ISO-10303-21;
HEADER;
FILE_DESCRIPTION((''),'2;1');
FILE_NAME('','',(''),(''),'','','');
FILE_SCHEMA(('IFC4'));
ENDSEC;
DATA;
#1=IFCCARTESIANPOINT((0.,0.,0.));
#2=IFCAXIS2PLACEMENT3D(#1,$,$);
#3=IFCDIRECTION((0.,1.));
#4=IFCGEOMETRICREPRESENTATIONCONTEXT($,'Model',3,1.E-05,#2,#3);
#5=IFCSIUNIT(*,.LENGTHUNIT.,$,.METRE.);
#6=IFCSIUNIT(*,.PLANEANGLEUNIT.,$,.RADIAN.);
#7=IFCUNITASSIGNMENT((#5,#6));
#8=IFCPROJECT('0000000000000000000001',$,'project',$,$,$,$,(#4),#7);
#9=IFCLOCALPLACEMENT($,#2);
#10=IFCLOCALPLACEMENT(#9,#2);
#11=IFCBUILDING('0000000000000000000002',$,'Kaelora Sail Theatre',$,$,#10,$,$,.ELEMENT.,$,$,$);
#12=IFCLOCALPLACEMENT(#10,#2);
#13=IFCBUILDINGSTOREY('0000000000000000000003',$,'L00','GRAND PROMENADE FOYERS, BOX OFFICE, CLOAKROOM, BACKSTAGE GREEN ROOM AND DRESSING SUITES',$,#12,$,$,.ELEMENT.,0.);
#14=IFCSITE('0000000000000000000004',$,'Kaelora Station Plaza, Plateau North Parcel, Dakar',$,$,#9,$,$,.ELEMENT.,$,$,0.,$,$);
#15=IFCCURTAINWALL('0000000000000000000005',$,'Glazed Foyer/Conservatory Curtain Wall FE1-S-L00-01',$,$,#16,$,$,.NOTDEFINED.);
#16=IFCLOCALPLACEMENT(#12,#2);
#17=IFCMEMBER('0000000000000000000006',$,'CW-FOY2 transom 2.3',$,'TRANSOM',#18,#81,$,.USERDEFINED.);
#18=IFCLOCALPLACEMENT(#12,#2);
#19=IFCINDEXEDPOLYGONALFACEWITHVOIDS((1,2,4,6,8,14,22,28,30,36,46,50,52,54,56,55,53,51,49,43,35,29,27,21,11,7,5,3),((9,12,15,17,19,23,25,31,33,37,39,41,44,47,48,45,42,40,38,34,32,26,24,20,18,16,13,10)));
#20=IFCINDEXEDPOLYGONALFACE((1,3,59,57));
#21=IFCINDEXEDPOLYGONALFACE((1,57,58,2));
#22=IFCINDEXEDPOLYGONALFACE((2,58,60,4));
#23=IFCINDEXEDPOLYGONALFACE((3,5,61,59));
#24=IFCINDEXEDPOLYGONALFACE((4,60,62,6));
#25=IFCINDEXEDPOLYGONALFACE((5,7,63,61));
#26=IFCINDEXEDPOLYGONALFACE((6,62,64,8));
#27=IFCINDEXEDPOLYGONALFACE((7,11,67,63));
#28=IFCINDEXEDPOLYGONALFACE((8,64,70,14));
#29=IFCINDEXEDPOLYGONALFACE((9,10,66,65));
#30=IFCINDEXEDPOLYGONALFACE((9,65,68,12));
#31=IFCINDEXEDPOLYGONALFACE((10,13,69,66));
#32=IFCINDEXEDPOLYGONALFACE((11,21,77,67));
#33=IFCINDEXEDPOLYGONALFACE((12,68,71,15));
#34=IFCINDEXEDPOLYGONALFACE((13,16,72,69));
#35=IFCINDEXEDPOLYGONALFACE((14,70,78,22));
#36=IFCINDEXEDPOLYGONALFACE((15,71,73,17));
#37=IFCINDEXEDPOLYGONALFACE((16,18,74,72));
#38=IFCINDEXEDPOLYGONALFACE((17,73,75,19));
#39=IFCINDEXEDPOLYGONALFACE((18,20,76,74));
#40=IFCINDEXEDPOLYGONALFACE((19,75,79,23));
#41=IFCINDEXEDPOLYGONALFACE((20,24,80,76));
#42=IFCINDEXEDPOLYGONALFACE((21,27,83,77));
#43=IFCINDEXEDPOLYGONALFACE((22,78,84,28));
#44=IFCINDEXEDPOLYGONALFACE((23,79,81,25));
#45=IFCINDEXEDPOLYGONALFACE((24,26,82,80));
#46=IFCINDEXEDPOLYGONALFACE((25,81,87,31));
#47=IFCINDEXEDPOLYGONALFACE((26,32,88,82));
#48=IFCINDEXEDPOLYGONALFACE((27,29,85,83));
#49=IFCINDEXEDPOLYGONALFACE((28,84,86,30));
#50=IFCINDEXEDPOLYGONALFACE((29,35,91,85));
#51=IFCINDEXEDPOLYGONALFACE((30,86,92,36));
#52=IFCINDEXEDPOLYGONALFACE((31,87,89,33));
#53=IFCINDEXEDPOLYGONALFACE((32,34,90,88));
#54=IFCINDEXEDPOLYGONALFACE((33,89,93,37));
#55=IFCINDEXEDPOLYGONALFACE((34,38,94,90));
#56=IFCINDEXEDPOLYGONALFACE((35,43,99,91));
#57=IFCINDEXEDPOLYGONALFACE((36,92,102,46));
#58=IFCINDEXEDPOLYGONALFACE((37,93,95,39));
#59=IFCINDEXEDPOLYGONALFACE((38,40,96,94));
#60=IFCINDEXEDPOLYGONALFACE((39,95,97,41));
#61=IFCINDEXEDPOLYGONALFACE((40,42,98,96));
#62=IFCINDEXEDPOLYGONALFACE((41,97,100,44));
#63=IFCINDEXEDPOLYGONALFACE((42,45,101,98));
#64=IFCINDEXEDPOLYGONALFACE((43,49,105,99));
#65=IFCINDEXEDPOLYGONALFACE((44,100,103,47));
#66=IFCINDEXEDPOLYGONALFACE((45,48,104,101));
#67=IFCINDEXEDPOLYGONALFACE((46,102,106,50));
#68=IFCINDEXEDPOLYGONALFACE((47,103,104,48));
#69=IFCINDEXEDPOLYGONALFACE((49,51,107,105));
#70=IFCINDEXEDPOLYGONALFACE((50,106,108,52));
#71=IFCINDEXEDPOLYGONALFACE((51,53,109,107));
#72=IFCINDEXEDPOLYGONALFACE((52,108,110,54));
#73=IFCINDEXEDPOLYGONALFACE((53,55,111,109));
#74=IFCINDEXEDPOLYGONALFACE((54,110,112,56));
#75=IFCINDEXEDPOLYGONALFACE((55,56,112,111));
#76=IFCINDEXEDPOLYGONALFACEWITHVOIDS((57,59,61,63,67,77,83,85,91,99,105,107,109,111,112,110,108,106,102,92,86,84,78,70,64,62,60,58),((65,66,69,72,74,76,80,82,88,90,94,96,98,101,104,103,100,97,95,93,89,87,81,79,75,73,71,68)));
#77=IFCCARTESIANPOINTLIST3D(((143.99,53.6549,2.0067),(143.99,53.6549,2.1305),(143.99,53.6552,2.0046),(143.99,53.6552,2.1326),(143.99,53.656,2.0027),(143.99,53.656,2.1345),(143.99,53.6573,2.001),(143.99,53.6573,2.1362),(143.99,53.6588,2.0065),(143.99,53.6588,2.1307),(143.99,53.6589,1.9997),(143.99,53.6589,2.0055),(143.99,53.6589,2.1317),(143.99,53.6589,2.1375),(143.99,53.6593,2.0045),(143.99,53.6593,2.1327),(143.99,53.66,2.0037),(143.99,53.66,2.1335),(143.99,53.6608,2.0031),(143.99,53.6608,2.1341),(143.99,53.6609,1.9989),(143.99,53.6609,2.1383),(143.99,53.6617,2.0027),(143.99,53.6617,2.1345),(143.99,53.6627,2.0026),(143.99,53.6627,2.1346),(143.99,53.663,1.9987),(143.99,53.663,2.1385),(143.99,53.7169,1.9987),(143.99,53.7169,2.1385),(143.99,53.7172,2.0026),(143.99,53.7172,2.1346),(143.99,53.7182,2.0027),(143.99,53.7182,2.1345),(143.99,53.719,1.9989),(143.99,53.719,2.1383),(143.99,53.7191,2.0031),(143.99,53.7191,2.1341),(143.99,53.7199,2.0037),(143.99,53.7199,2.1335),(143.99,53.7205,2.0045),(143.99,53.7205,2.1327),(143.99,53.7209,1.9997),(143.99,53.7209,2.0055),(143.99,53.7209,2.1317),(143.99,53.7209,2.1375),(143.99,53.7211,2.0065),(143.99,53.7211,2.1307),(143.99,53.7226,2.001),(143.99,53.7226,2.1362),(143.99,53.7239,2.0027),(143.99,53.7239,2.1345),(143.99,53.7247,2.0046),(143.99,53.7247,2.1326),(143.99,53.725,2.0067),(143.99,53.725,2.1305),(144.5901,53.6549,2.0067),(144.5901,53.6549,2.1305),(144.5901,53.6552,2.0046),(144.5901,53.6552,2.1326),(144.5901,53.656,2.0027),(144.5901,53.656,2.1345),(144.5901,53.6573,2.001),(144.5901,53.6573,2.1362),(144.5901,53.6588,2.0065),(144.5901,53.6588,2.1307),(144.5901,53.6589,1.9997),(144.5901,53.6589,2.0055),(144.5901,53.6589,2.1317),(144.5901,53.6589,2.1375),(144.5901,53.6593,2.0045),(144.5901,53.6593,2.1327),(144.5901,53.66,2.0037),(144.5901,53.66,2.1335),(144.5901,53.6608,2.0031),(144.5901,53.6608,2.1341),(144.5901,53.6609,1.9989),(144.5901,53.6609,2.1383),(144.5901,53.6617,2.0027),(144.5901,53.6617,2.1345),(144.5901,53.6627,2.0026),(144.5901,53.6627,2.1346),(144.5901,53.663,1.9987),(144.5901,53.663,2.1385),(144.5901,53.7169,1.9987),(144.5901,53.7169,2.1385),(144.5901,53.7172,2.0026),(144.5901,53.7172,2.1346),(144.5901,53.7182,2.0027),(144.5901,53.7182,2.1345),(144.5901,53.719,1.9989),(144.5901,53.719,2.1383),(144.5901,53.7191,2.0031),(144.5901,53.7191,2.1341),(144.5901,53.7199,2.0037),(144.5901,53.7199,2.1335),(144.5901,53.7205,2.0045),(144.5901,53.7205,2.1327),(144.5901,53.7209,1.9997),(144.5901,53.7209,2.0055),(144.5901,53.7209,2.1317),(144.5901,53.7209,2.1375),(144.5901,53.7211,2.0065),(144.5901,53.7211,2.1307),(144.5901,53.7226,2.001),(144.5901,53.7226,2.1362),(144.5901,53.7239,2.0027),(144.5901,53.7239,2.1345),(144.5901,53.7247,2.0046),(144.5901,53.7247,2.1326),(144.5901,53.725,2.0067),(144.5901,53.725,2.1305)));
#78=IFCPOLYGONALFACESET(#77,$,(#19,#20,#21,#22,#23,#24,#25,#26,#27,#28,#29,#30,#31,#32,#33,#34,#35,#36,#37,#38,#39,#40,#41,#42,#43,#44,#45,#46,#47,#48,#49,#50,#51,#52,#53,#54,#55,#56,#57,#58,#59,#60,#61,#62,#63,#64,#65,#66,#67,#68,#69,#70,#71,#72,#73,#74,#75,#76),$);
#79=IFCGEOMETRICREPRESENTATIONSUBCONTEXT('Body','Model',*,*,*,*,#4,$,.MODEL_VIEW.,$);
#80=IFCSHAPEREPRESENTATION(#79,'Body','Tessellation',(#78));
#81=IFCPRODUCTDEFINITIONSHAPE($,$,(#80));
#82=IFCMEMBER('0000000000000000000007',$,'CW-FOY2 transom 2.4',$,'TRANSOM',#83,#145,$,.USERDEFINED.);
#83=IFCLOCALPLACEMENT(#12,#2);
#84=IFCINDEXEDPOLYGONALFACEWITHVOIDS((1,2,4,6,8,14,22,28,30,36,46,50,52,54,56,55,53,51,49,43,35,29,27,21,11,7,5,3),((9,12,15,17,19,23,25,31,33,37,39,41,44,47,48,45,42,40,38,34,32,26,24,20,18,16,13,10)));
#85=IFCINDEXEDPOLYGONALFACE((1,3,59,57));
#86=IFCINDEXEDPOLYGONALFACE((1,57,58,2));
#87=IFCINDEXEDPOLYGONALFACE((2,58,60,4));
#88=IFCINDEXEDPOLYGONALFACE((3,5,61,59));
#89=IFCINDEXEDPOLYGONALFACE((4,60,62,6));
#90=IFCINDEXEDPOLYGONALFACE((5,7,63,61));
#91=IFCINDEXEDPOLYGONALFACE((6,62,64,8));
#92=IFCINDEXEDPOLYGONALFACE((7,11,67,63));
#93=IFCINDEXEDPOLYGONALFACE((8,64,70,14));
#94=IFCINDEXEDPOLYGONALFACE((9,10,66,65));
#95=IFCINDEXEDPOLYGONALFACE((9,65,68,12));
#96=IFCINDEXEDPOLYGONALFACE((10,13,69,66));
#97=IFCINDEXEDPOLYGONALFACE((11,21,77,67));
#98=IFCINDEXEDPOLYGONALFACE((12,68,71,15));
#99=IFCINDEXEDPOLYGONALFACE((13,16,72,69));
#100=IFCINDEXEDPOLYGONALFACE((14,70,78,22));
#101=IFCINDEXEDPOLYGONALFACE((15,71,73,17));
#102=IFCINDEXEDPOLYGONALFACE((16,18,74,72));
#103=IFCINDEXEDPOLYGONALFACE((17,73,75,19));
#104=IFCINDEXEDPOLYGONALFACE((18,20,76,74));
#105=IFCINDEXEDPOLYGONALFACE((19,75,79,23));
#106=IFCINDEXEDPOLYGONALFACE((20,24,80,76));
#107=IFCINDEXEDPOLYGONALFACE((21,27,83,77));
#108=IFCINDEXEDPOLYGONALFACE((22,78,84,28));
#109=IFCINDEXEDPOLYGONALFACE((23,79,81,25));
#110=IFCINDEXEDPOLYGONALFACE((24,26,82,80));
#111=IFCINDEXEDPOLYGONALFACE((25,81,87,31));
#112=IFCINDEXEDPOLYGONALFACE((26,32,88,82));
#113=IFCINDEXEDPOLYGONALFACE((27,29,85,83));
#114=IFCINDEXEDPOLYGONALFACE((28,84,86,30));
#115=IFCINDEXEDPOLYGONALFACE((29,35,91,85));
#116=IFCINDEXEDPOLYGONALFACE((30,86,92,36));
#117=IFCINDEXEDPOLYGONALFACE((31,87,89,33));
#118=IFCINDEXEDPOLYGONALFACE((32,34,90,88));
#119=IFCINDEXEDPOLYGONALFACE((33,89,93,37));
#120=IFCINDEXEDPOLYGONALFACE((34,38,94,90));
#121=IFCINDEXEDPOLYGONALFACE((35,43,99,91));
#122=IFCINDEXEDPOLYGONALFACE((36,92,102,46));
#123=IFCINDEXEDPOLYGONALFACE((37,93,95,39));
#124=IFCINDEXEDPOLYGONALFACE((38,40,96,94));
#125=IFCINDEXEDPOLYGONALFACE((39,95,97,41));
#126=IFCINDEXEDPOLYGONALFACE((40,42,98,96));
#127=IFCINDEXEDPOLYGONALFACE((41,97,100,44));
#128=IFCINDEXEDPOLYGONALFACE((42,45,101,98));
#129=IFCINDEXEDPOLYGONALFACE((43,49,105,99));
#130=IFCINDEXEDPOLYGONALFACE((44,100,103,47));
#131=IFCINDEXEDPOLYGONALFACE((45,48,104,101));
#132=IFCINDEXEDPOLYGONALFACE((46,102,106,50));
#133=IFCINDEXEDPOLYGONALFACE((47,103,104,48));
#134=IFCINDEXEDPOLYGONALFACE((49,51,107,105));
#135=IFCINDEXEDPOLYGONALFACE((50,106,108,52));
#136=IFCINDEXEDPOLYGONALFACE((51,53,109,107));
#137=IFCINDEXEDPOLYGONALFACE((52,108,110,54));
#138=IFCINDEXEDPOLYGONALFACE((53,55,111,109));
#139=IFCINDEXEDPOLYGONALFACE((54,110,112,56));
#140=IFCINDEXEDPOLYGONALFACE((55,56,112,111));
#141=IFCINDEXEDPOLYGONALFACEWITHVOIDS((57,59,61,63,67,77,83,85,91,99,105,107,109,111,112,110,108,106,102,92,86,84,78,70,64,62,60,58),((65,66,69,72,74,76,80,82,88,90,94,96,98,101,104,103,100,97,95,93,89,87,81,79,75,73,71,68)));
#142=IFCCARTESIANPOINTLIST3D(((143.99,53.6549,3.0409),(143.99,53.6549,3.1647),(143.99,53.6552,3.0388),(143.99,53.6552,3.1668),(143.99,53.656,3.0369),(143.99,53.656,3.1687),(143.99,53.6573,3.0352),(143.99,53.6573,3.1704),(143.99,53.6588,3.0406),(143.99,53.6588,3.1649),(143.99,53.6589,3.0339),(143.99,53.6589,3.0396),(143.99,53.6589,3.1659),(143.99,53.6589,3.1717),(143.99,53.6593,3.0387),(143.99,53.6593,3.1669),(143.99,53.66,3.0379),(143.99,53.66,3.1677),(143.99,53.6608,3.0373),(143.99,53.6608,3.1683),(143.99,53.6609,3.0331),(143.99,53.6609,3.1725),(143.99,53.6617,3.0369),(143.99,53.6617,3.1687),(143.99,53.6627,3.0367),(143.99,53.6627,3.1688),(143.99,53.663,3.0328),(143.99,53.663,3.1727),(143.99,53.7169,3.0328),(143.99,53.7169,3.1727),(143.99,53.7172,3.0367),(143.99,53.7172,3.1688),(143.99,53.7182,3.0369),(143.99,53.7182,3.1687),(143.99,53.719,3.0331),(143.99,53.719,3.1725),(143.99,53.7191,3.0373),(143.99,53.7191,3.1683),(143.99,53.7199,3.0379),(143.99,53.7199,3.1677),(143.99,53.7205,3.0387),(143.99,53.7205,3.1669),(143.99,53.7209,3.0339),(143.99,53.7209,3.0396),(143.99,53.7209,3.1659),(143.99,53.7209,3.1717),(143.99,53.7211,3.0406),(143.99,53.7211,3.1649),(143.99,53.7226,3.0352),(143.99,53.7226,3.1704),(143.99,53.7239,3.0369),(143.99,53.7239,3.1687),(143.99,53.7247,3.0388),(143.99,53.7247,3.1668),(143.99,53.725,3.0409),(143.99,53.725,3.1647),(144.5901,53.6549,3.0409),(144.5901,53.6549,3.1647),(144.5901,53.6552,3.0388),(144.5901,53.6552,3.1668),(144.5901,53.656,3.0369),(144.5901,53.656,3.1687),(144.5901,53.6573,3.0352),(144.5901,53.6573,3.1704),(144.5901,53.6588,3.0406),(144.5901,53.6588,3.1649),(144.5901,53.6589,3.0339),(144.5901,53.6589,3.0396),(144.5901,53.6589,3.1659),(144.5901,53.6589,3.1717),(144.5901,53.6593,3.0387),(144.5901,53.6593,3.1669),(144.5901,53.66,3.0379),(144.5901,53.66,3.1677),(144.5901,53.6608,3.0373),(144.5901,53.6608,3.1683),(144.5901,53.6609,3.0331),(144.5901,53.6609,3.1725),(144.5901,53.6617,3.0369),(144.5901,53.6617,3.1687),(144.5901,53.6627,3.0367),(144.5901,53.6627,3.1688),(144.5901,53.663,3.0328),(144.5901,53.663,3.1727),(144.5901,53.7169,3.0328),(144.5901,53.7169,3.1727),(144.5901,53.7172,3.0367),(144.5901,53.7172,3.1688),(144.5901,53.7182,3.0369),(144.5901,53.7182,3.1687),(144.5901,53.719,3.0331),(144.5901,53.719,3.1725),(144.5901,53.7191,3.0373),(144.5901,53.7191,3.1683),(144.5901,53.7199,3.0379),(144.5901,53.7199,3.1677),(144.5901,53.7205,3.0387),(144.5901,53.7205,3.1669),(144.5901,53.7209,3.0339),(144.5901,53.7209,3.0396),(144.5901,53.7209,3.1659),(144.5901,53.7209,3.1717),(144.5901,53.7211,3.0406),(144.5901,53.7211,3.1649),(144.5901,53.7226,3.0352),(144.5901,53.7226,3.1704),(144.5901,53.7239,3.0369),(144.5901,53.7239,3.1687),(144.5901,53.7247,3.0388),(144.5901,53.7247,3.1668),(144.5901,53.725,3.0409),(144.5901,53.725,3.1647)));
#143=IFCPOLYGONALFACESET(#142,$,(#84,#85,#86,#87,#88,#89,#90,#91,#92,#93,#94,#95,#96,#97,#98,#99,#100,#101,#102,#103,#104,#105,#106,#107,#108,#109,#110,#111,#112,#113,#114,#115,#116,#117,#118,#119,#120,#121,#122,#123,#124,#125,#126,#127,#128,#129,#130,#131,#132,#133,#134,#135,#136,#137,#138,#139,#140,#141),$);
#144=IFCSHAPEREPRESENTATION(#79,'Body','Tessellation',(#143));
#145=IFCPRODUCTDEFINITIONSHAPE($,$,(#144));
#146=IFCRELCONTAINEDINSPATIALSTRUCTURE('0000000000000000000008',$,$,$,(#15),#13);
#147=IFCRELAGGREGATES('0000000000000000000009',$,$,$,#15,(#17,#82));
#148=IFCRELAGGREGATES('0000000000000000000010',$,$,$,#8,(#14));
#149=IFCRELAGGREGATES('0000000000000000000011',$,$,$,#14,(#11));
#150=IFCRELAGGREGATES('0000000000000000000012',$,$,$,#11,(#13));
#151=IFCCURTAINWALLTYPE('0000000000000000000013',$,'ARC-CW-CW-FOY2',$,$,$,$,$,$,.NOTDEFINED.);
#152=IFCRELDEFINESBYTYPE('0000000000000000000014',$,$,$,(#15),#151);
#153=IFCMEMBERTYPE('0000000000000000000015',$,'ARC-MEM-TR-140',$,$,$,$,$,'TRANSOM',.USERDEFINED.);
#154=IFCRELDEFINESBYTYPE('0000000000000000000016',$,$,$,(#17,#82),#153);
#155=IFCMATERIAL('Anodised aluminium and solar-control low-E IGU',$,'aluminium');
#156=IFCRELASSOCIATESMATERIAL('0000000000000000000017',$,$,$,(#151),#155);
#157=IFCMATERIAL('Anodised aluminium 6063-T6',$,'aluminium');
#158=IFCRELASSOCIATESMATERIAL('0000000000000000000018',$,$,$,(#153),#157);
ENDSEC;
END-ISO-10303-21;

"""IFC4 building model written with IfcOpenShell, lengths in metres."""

from ifc_helpers import new_model, si_unit, direction, frame, origin, origin_2d, place, context, subcontext, project, spatial, hollow_rectangle, extrude, material, material_profile, profile_set, type_object, element, aggregate, save


model = new_model("IFC4")

# Units and contexts
model_context = context("Model", 3, precision=1e-05, world=origin(), true_north=direction((0.0, 1.0)))
body_context = subcontext(model_context, "Body", "Model", "MODEL_VIEW")
ifc_project = project(units=[si_unit("LENGTHUNIT", "METRE"), si_unit("PLANEANGLEUNIT", "RADIAN")], contexts=[model_context])

# Site, building, storey
site_placement = place(None, origin())
site = spatial("IfcSite", under=ifc_project, at=site_placement, Name="Kaelora Station Plaza, Plateau North Parcel, Dakar", CompositionType="ELEMENT", RefElevation=0.0)
building_placement = place(site_placement, origin())
building = spatial("IfcBuilding", under=site, at=building_placement, Name="Kaelora Sail Theatre", CompositionType="ELEMENT")
storey_placement = place(building_placement, origin())
storey = spatial("IfcBuildingStorey", under=building, at=storey_placement, Name="L00", Description="GRAND PROMENADE FOYERS, BOX OFFICE, CLOAKROOM, BACKSTAGE GREEN ROOM AND DRESSING SUITES", CompositionType="ELEMENT", Elevation=0.0)

# Curtain wall, members
ifc_material_1 = material(Name="Anodised aluminium and solar-control low-E IGU", Category="aluminium")
curtain_wall_type = type_object("IfcCurtainWallType", Name="ARC-CW-CW-FOY2", PredefinedType="NOTDEFINED", material=ifc_material_1)
curtain_wall_placement = place(storey_placement, origin())
curtain_wall = element("IfcCurtainWall", 1, at=curtain_wall_placement, inside=storey, type_object=curtain_wall_type, Name="Glazed Foyer/Conservatory Curtain Wall FE1-S-L00-01", PredefinedType="NOTDEFINED")
ifc_material_2 = material(Name="Anodised aluminium 6063-T6", Category="aluminium")
ifc_material_profile_1 = material_profile(ifc_material_2, hollow_rectangle(XDim=0.0701, YDim=0.1399, WallThickness=0.0039, InnerFilletRadius=0.0039, OuterFilletRadius=0.0081, at=origin_2d()), Name="ALU-TRAN 70x140x4")
ifc_profile_set_1 = profile_set([ifc_material_profile_1], Name="Anodised aluminium 6063-T6")
member_type_1 = type_object("IfcMemberType", Name="ARC-MEM-TR-140", ElementType="TRANSOM", PredefinedType="USERDEFINED", material=ifc_profile_set_1)
member_1_placement = place(storey_placement, frame((143.99, 53.6899, 2.0686), z_axis=(1.0, 0.0, 0.0), x_axis=(0.0, 1.0, 0.0)))
member_1 = element("IfcMember", 2, at=member_1_placement, type_object=member_type_1, Name="CW-FOY2 transom 2.3", ObjectType="TRANSOM", PredefinedType="USERDEFINED", context=body_context, shape_type="SweptSolid", body=[
    extrude(hollow_rectangle(XDim=0.0701, YDim=0.1399, WallThickness=0.0039, InnerFilletRadius=0.0039, OuterFilletRadius=0.0081, at=origin_2d()), origin(), (0.0, 0.0, 1.0), 0.6001),
])
member_2_placement = place(storey_placement, frame((143.99, 53.6899, 3.1028), z_axis=(1.0, 0.0, 0.0), x_axis=(0.0, 1.0, 0.0)))
member_2 = element("IfcMember", 3, at=member_2_placement, type_object=member_type_1, Name="CW-FOY2 transom 2.4", ObjectType="TRANSOM", PredefinedType="USERDEFINED", context=body_context, shape_type="SweptSolid", body=[
    extrude(hollow_rectangle(XDim=0.0701, YDim=0.1399, WallThickness=0.0039, InnerFilletRadius=0.0039, OuterFilletRadius=0.0081, at=origin_2d()), origin(), (0.0, 0.0, 1.0), 0.6001),
])

aggregate(curtain_wall, [member_1, member_2])

save(model, "model.ifc")
